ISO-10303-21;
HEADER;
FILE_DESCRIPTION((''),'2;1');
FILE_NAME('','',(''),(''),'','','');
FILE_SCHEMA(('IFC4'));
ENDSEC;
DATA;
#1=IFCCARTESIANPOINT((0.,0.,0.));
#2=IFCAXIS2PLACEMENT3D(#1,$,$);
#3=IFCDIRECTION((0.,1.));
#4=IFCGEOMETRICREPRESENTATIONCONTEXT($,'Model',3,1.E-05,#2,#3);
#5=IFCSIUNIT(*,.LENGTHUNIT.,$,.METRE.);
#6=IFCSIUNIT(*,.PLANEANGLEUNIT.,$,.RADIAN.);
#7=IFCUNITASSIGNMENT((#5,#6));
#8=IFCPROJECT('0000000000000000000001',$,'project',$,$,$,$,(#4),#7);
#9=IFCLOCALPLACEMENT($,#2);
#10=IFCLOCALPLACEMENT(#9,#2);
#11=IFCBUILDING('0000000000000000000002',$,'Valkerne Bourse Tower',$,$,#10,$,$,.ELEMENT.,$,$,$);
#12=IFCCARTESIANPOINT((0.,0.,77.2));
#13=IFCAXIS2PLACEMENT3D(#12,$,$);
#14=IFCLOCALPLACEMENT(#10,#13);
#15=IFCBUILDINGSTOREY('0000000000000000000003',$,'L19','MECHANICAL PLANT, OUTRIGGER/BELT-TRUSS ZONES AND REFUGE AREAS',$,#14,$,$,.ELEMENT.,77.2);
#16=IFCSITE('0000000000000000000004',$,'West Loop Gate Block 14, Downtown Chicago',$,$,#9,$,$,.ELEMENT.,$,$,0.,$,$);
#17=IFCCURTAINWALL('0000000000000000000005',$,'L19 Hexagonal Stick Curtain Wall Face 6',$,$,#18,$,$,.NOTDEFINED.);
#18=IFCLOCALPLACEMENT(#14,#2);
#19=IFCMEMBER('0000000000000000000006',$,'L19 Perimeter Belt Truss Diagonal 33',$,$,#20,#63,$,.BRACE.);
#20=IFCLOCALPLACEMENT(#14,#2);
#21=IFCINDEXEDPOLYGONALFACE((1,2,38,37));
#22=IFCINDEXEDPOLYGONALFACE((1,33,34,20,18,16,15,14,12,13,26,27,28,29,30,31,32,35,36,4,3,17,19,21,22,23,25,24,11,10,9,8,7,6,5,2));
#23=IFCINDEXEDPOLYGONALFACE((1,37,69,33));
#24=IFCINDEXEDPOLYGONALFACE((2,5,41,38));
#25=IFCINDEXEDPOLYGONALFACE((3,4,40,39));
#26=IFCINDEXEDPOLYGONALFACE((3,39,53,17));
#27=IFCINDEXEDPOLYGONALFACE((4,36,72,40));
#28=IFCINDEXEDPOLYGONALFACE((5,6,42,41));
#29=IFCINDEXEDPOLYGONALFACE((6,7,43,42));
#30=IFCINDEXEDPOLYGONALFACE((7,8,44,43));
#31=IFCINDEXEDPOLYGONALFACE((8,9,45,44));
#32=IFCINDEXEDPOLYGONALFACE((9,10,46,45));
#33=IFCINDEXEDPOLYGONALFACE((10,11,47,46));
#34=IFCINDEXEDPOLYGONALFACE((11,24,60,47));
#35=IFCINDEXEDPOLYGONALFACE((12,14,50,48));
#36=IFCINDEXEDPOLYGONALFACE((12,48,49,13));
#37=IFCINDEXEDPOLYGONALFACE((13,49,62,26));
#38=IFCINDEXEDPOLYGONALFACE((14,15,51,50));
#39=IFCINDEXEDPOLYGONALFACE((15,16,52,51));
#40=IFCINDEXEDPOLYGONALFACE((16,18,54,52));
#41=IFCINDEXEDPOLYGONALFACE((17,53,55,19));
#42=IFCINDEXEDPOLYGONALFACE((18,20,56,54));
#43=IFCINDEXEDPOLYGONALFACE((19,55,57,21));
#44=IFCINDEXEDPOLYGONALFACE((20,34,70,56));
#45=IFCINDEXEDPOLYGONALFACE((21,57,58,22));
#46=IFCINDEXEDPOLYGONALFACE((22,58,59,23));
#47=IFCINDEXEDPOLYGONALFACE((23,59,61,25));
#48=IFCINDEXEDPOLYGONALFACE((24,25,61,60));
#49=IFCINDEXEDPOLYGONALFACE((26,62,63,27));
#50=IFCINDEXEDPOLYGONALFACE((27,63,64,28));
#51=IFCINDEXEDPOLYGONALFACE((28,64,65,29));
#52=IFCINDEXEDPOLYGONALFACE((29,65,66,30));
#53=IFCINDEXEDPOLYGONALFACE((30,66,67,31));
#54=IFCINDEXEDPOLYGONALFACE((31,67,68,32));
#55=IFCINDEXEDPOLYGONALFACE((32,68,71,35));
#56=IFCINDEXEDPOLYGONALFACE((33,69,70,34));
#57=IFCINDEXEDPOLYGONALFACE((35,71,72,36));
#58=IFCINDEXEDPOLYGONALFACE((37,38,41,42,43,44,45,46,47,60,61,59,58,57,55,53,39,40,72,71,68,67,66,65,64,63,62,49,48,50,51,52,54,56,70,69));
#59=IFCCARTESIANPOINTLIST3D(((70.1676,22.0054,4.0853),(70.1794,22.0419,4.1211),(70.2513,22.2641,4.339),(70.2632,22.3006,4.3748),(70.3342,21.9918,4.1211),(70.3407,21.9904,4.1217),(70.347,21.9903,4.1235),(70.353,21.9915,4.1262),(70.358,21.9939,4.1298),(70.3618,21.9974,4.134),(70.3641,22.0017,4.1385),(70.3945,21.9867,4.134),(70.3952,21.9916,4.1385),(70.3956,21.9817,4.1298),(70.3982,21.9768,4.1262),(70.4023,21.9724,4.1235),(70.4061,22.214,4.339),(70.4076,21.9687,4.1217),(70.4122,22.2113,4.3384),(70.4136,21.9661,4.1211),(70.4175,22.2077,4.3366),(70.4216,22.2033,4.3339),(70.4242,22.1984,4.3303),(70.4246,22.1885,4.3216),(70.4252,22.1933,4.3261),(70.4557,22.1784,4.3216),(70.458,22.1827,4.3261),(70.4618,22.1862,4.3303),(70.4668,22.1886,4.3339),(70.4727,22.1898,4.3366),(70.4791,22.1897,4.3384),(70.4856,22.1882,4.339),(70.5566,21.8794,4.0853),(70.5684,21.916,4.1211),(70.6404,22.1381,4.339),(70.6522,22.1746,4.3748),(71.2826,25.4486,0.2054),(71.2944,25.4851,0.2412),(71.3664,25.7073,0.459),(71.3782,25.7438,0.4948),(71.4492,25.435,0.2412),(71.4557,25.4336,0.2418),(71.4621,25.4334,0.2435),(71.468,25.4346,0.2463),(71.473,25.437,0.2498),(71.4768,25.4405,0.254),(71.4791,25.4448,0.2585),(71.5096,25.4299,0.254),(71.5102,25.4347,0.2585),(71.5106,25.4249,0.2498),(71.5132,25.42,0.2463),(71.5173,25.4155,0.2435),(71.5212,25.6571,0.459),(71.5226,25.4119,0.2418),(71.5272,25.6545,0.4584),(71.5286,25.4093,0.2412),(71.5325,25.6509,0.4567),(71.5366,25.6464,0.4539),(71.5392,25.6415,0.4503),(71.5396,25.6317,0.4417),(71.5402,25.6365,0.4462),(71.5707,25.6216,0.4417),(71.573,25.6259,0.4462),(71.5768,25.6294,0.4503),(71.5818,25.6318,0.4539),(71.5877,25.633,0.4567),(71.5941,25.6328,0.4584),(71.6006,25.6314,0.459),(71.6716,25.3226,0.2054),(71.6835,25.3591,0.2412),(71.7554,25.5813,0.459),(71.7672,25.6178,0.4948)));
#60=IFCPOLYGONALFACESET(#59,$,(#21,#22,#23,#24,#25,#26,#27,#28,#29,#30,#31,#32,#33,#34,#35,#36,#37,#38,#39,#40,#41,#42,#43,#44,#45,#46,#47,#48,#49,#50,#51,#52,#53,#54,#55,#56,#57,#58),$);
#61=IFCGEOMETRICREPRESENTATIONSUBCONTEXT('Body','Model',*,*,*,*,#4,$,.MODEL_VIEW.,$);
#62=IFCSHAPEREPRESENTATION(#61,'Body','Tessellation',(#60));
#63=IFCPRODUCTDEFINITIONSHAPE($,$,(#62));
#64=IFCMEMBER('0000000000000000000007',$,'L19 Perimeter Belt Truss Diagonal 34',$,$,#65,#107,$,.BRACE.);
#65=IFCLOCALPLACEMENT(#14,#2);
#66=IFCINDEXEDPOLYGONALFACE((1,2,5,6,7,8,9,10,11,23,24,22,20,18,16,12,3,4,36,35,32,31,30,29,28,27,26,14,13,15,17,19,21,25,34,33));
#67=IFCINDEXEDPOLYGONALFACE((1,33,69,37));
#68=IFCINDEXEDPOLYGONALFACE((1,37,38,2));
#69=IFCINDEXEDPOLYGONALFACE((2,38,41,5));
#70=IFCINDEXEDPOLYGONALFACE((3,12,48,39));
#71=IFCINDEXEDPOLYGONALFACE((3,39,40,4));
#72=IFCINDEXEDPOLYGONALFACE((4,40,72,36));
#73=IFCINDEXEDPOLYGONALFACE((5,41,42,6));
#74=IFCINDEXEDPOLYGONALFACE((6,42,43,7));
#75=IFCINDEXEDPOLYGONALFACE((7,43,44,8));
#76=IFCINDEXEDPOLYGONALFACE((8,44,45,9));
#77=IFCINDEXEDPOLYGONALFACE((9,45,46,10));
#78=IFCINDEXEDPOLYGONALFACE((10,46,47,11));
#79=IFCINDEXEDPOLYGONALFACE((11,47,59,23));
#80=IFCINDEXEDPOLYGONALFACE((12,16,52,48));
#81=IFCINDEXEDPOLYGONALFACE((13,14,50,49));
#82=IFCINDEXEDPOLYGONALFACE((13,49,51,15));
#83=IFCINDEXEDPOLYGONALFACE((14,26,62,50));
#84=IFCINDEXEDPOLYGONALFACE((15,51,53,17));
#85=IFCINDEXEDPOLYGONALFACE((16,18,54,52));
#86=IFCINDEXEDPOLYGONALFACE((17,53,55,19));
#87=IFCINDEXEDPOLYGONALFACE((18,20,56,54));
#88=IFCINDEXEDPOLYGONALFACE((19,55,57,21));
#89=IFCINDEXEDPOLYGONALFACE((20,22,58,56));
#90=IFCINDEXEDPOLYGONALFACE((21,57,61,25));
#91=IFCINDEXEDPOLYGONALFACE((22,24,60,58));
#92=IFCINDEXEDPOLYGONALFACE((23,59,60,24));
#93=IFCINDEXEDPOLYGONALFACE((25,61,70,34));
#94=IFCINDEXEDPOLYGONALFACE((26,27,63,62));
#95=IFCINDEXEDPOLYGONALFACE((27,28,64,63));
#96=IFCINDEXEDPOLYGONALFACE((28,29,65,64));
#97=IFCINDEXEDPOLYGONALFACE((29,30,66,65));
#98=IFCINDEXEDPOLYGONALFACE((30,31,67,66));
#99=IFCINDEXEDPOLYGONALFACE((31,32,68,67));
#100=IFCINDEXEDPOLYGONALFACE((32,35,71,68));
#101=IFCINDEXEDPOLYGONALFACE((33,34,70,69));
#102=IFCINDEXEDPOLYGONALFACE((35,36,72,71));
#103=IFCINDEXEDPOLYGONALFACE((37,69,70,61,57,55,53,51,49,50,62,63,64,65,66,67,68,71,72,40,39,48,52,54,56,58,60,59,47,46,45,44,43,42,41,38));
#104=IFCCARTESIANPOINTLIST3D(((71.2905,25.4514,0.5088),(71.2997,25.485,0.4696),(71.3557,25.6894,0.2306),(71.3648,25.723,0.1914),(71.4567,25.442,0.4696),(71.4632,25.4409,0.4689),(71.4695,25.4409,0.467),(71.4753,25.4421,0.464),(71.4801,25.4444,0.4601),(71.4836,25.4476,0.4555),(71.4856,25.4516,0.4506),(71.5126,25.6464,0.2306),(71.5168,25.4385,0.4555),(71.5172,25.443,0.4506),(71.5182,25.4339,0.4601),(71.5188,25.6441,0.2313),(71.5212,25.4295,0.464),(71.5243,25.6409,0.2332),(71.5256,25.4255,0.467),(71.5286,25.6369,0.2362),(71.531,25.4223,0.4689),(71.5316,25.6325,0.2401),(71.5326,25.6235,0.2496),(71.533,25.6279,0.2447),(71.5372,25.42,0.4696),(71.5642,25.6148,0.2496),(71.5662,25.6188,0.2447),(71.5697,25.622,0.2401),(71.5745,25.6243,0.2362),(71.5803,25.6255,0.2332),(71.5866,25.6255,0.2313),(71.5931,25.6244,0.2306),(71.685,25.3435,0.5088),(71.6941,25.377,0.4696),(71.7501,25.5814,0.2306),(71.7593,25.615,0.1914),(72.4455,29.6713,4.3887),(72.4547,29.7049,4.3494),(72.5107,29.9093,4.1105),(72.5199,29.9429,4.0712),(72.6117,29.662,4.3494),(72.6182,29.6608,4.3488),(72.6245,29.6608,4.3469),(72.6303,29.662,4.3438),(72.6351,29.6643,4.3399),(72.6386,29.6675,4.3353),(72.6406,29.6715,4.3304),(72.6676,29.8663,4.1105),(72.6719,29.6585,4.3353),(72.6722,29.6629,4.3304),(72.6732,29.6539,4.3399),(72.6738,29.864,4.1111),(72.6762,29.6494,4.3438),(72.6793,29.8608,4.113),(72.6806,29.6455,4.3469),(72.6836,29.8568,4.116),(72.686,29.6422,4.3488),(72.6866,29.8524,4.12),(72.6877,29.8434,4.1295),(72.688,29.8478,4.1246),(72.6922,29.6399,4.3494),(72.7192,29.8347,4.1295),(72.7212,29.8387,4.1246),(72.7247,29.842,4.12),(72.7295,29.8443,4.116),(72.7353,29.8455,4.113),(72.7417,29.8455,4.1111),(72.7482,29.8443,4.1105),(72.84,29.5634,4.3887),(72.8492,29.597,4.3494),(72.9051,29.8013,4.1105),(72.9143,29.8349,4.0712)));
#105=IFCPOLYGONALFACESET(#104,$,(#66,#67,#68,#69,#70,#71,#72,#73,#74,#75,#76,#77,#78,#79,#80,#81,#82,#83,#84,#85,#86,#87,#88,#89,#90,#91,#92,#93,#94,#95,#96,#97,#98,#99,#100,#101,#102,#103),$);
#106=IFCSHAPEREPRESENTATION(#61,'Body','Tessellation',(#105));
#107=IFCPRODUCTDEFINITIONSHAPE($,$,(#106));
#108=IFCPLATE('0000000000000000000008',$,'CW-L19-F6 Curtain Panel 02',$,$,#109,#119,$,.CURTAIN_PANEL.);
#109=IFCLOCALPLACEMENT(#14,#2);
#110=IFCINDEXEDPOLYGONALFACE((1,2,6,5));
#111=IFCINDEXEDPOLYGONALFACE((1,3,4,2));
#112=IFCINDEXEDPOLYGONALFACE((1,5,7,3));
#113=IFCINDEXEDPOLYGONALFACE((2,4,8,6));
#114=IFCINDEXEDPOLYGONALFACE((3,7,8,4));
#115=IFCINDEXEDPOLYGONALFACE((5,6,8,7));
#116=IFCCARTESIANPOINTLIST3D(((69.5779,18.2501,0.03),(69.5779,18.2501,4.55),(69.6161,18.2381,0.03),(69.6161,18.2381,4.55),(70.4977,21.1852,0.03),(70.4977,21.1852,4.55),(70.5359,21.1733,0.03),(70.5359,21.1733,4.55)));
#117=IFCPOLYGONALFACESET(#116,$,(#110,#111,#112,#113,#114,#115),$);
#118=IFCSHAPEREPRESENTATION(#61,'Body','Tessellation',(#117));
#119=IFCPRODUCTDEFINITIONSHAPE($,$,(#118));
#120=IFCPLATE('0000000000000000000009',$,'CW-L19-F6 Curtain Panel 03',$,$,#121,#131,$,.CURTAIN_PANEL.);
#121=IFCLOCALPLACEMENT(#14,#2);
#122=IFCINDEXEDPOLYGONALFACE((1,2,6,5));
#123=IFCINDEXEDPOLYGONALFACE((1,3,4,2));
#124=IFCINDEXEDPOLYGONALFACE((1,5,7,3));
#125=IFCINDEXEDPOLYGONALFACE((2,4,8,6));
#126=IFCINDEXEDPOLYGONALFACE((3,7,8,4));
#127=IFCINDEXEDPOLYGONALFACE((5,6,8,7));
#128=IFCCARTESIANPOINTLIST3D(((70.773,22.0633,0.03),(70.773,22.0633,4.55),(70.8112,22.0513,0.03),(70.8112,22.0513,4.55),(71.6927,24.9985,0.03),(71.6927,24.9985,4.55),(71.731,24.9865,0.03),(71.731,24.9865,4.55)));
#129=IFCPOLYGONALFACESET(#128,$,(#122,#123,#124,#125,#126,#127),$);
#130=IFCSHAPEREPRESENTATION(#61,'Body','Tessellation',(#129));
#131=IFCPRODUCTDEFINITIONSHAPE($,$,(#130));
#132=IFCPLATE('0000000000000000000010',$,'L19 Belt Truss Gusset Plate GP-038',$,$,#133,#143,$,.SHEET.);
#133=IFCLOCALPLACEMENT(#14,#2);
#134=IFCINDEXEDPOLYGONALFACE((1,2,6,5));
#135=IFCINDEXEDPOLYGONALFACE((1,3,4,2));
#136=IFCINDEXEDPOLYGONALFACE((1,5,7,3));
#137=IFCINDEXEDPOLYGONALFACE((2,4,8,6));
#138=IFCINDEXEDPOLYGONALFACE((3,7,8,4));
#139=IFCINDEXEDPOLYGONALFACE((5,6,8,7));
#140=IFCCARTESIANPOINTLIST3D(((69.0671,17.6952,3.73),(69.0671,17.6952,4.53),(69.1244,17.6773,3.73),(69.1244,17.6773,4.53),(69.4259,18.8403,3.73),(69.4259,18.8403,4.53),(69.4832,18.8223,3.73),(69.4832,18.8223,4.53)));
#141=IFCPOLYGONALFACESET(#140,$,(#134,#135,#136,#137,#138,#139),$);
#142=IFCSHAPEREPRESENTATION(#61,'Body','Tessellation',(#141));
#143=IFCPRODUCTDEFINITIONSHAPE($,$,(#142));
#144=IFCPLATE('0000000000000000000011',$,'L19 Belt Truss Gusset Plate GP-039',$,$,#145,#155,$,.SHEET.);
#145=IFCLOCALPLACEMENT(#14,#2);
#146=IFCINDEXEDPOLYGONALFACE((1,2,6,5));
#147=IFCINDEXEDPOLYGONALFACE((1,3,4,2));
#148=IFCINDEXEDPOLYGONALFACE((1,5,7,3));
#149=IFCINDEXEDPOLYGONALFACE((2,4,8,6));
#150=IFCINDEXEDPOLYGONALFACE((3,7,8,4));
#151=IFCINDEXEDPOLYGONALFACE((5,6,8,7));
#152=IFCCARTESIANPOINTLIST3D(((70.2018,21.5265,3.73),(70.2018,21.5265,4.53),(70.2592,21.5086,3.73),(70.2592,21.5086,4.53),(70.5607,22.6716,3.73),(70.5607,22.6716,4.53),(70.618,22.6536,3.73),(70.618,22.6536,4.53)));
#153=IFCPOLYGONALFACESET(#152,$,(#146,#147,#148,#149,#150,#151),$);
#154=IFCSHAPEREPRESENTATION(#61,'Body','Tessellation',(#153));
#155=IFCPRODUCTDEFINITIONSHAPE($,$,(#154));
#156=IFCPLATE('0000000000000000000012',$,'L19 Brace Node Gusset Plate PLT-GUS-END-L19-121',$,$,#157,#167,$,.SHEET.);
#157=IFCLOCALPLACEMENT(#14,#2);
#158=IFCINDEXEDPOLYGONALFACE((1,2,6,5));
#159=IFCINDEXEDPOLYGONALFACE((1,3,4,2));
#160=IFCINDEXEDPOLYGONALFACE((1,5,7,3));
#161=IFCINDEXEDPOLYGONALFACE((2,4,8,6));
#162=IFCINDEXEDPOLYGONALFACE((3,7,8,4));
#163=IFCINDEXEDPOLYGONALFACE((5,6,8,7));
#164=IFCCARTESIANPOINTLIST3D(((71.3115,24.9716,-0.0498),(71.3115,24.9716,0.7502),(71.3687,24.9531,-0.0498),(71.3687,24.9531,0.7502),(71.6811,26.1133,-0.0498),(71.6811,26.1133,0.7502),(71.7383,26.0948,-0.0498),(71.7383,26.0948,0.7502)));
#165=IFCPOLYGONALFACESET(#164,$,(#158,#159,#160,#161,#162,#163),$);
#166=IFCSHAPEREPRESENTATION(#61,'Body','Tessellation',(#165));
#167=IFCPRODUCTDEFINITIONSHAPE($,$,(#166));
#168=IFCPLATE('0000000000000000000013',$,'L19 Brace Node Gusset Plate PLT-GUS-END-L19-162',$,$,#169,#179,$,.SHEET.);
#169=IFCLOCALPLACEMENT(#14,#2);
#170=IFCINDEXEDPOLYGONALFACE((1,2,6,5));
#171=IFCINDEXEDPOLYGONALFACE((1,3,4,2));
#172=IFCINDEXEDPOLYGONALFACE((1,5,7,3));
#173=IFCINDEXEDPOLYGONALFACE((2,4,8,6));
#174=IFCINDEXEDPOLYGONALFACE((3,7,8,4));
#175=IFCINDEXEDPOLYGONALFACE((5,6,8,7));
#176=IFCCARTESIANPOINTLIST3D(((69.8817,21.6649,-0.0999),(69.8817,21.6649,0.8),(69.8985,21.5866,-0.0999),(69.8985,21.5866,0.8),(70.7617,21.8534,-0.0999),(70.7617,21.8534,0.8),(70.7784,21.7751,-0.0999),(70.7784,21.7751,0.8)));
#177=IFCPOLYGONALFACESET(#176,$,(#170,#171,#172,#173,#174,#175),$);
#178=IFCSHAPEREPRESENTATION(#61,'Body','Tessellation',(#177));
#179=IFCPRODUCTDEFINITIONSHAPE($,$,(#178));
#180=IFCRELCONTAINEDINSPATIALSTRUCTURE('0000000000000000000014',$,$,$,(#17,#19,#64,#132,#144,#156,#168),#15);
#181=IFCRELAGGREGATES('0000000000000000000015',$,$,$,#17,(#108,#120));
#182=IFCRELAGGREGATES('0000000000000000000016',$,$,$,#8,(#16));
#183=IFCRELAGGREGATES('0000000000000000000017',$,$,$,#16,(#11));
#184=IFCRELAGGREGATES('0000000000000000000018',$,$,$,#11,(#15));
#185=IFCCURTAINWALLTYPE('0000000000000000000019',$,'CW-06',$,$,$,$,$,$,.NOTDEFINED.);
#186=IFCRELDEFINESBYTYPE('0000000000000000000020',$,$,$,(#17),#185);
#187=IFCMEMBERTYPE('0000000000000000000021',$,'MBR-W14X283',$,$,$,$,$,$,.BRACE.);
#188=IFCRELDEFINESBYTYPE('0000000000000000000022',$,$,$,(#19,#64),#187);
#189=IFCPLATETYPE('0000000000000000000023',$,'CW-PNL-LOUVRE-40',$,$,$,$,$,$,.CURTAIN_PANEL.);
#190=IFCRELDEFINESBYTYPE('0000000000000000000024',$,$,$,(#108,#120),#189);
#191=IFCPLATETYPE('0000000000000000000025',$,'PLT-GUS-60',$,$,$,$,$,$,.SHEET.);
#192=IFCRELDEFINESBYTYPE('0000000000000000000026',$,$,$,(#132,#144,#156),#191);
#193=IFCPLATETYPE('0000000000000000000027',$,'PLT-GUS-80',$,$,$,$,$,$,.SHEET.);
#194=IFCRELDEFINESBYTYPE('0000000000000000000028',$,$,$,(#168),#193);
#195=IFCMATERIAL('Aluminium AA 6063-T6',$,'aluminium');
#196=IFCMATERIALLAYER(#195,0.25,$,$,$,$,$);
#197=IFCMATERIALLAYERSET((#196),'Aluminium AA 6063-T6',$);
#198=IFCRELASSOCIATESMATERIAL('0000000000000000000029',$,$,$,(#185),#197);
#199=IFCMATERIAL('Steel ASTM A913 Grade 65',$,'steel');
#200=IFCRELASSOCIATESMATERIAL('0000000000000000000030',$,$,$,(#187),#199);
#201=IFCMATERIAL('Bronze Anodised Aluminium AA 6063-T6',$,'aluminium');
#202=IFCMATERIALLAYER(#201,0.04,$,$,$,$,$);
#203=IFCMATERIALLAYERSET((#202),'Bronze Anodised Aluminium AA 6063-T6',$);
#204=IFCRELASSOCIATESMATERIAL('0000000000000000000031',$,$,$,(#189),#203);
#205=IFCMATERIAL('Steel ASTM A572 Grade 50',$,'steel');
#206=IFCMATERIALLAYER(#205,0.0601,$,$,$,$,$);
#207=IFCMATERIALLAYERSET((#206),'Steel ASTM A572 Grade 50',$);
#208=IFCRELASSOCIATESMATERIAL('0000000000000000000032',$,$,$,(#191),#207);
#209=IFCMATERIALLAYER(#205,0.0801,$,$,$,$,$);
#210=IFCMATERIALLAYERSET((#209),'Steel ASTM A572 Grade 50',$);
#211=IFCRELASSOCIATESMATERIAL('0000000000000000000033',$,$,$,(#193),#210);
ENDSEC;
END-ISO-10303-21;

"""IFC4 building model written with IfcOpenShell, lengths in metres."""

from ifc_helpers import new_model, si_unit, direction, frame, origin, origin_2d, place, context, subcontext, project, spatial, rectangle, i_section, extrude, material, layer, layer_set, material_profile, profile_set, type_object, element, aggregate, save


model = new_model("IFC4")

# Units and contexts
model_context = context("Model", 3, precision=1e-05, world=origin(), true_north=direction((0.0, 1.0)))
body_context = subcontext(model_context, "Body", "Model", "MODEL_VIEW")
ifc_project = project(units=[si_unit("LENGTHUNIT", "METRE"), si_unit("PLANEANGLEUNIT", "RADIAN")], contexts=[model_context])

# Site, building, storey
site_placement = place(None, origin())
site = spatial("IfcSite", under=ifc_project, at=site_placement, Name="West Loop Gate Block 14, Downtown Chicago", CompositionType="ELEMENT", RefElevation=0.0)
building_placement = place(site_placement, origin())
building = spatial("IfcBuilding", under=site, at=building_placement, Name="Valkerne Bourse Tower", CompositionType="ELEMENT")
storey_placement = place(building_placement, frame((0.0, 0.0, 77.2)))
storey = spatial("IfcBuildingStorey", under=building, at=storey_placement, Name="L19", Description="MECHANICAL PLANT, OUTRIGGER/BELT-TRUSS ZONES AND REFUGE AREAS", CompositionType="ELEMENT", Elevation=77.2)

# Shared definitions
ifc_material_1 = material(Name="Steel ASTM A913 Grade 65", Category="steel")

# Curtain wall
ifc_material_2 = material(Name="Aluminium AA 6063-T6", Category="aluminium")
ifc_layer_1 = layer(ifc_material_2, 0.25)
ifc_layer_set_1 = layer_set([ifc_layer_1], Name="Aluminium AA 6063-T6")
curtain_wall_type = type_object("IfcCurtainWallType", Name="CW-06", PredefinedType="NOTDEFINED", material=ifc_layer_set_1)
curtain_wall_placement = place(storey_placement, origin())
curtain_wall = element("IfcCurtainWall", 1, at=curtain_wall_placement, inside=storey, type_object=curtain_wall_type, Name="L19 Hexagonal Stick Curtain Wall Face 6", PredefinedType="NOTDEFINED")

# Members
ifc_material_profile_1 = material_profile(ifc_material_1, i_section(OverallWidth=0.4089, OverallDepth=0.4243, WebThickness=0.0327, FlangeThickness=0.0525, FilletRadius=0.0254, at=origin_2d()), Name="W14X283")
ifc_profile_set_1 = profile_set([ifc_material_profile_1], Name="Steel ASTM A913 Grade 65")
member_type_1 = type_object("IfcMemberType", Name="MBR-W14X283", PredefinedType="BRACE", material=ifc_profile_set_1)
member_1_placement = place(storey_placement, frame((71.5249, 25.5332, 0.3501), z_axis=(-0.210145, -0.648932, 0.73125), x_axis=(0.95136, -0.308081, 0.0)))
element("IfcMember", 2, at=member_1_placement, inside=storey, type_object=member_type_1, Name="L19 Perimeter Belt Truss Diagonal 33", PredefinedType="BRACE", context=body_context, shape_type="SweptSolid", body=[
    extrude(i_section(OverallWidth=0.4089, OverallDepth=0.4243, WebThickness=0.0327, FlangeThickness=0.0525, FilletRadius=0.0254, at=origin_2d()), origin(), (0.0, 0.0, 1.0), 5.3059),
])
member_2_placement = place(storey_placement, frame((71.5249, 25.5332, 0.3501), z_axis=(0.197518, 0.721645, 0.663487), x_axis=(-0.964524, 0.263996, 0.0)))
element("IfcMember", 3, at=member_2_placement, inside=storey, type_object=member_type_1, Name="L19 Perimeter Belt Truss Diagonal 34", PredefinedType="BRACE", context=body_context, shape_type="SweptSolid", body=[
    extrude(i_section(OverallWidth=0.4089, OverallDepth=0.4243, WebThickness=0.0327, FlangeThickness=0.0525, FilletRadius=0.0254, at=origin_2d()), origin(), (0.0, 0.0, 1.0), 5.8477),
])

# Plates
ifc_material_3 = material(Name="Bronze Anodised Aluminium AA 6063-T6", Category="aluminium")
ifc_layer_2 = layer(ifc_material_3, 0.04)
ifc_layer_set_2 = layer_set([ifc_layer_2], Name="Bronze Anodised Aluminium AA 6063-T6")
plate_type_1 = type_object("IfcPlateType", Name="CW-PNL-LOUVRE-40", PredefinedType="CURTAIN_PANEL", material=ifc_layer_set_2)
plate_1_placement = place(storey_placement, frame((70.0569, 19.7117, 0.03), z_axis=(0.0, 0.0, 1.0), x_axis=(0.299044, 0.954239, 0.0)))
plate_1 = element("IfcPlate", 4, at=plate_1_placement, type_object=plate_type_1, Name="CW-L19-F6 Curtain Panel 02", PredefinedType="CURTAIN_PANEL", context=body_context, shape_type="SweptSolid", body=[
    extrude(rectangle(XDim=3.0759, YDim=0.04, at=origin_2d()), origin(), (0.0, 0.0, 1.0), 4.52),
])
plate_2_placement = place(storey_placement, frame((71.252, 23.5249, 0.03), z_axis=(0.0, 0.0, 1.0), x_axis=(0.299029, 0.954244, 0.0)))
plate_2 = element("IfcPlate", 5, at=plate_2_placement, type_object=plate_type_1, Name="CW-L19-F6 Curtain Panel 03", PredefinedType="CURTAIN_PANEL", context=body_context, shape_type="SweptSolid", body=[
    extrude(rectangle(XDim=3.0759, YDim=0.04, at=origin_2d()), origin(), (0.0, 0.0, 1.0), 4.52),
])
aggregate(curtain_wall, [plate_1, plate_2])

# Plates
ifc_material_4 = material(Name="Steel ASTM A572 Grade 50", Category="steel")
ifc_layer_3 = layer(ifc_material_4, 0.0601)
ifc_layer_set_3 = layer_set([ifc_layer_3], Name="Steel ASTM A572 Grade 50")
plate_type_2 = type_object("IfcPlateType", Name="PLT-GUS-60", PredefinedType="SHEET", material=ifc_layer_set_3)
for number, where, z_axis, x_axis, name in (
    (6, (69.2751, 18.2588, 3.73), (0.0, 0.0, 1.0), (0.299041, 0.95424, 0.0), "L19 Belt Truss Gusset Plate GP-038"),
    (7, (70.4099, 22.0901, 3.73), (0.0, 0.0, 1.0), (0.299041, 0.95424, 0.0), "L19 Belt Truss Gusset Plate GP-039"),
    (8, (71.5249, 25.5332, -0.0498), (0.0, 0.0, 1.0), (-0.308021, -0.95138, 0.0), "L19 Brace Node Gusset Plate PLT-GUS-END-L19-121"),
):
    element("IfcPlate", number, at=place(storey_placement, frame(where, z_axis=z_axis, x_axis=x_axis)), inside=storey, type_object=plate_type_2, Name=name, PredefinedType="SHEET", context=body_context, shape_type="SweptSolid", body=[
        extrude(rectangle(XDim=1.2, YDim=0.0601, at=origin_2d()), origin(), (0.0, 0.0, 1.0), 0.8),
    ])
ifc_layer_4 = layer(ifc_material_4, 0.0801)
ifc_layer_set_4 = layer_set([ifc_layer_4], Name="Steel ASTM A572 Grade 50")
plate_type_3 = type_object("IfcPlateType", Name="PLT-GUS-80", PredefinedType="SHEET", material=ifc_layer_set_4)
plate_3_placement = place(storey_placement, frame((70.3301, 21.72, -0.0999), z_axis=(0.0, 0.0, 1.0), x_axis=(-0.97782, -0.209448, 0.0)))
element("IfcPlate", 9, at=plate_3_placement, inside=storey, type_object=plate_type_3, Name="L19 Brace Node Gusset Plate PLT-GUS-END-L19-162", PredefinedType="SHEET", context=body_context, shape_type="SweptSolid", body=[
    extrude(rectangle(XDim=0.8999, YDim=0.0801, at=origin_2d()), origin(), (0.0, 0.0, 1.0), 0.8999),
])

save(model, "model.ifc")
